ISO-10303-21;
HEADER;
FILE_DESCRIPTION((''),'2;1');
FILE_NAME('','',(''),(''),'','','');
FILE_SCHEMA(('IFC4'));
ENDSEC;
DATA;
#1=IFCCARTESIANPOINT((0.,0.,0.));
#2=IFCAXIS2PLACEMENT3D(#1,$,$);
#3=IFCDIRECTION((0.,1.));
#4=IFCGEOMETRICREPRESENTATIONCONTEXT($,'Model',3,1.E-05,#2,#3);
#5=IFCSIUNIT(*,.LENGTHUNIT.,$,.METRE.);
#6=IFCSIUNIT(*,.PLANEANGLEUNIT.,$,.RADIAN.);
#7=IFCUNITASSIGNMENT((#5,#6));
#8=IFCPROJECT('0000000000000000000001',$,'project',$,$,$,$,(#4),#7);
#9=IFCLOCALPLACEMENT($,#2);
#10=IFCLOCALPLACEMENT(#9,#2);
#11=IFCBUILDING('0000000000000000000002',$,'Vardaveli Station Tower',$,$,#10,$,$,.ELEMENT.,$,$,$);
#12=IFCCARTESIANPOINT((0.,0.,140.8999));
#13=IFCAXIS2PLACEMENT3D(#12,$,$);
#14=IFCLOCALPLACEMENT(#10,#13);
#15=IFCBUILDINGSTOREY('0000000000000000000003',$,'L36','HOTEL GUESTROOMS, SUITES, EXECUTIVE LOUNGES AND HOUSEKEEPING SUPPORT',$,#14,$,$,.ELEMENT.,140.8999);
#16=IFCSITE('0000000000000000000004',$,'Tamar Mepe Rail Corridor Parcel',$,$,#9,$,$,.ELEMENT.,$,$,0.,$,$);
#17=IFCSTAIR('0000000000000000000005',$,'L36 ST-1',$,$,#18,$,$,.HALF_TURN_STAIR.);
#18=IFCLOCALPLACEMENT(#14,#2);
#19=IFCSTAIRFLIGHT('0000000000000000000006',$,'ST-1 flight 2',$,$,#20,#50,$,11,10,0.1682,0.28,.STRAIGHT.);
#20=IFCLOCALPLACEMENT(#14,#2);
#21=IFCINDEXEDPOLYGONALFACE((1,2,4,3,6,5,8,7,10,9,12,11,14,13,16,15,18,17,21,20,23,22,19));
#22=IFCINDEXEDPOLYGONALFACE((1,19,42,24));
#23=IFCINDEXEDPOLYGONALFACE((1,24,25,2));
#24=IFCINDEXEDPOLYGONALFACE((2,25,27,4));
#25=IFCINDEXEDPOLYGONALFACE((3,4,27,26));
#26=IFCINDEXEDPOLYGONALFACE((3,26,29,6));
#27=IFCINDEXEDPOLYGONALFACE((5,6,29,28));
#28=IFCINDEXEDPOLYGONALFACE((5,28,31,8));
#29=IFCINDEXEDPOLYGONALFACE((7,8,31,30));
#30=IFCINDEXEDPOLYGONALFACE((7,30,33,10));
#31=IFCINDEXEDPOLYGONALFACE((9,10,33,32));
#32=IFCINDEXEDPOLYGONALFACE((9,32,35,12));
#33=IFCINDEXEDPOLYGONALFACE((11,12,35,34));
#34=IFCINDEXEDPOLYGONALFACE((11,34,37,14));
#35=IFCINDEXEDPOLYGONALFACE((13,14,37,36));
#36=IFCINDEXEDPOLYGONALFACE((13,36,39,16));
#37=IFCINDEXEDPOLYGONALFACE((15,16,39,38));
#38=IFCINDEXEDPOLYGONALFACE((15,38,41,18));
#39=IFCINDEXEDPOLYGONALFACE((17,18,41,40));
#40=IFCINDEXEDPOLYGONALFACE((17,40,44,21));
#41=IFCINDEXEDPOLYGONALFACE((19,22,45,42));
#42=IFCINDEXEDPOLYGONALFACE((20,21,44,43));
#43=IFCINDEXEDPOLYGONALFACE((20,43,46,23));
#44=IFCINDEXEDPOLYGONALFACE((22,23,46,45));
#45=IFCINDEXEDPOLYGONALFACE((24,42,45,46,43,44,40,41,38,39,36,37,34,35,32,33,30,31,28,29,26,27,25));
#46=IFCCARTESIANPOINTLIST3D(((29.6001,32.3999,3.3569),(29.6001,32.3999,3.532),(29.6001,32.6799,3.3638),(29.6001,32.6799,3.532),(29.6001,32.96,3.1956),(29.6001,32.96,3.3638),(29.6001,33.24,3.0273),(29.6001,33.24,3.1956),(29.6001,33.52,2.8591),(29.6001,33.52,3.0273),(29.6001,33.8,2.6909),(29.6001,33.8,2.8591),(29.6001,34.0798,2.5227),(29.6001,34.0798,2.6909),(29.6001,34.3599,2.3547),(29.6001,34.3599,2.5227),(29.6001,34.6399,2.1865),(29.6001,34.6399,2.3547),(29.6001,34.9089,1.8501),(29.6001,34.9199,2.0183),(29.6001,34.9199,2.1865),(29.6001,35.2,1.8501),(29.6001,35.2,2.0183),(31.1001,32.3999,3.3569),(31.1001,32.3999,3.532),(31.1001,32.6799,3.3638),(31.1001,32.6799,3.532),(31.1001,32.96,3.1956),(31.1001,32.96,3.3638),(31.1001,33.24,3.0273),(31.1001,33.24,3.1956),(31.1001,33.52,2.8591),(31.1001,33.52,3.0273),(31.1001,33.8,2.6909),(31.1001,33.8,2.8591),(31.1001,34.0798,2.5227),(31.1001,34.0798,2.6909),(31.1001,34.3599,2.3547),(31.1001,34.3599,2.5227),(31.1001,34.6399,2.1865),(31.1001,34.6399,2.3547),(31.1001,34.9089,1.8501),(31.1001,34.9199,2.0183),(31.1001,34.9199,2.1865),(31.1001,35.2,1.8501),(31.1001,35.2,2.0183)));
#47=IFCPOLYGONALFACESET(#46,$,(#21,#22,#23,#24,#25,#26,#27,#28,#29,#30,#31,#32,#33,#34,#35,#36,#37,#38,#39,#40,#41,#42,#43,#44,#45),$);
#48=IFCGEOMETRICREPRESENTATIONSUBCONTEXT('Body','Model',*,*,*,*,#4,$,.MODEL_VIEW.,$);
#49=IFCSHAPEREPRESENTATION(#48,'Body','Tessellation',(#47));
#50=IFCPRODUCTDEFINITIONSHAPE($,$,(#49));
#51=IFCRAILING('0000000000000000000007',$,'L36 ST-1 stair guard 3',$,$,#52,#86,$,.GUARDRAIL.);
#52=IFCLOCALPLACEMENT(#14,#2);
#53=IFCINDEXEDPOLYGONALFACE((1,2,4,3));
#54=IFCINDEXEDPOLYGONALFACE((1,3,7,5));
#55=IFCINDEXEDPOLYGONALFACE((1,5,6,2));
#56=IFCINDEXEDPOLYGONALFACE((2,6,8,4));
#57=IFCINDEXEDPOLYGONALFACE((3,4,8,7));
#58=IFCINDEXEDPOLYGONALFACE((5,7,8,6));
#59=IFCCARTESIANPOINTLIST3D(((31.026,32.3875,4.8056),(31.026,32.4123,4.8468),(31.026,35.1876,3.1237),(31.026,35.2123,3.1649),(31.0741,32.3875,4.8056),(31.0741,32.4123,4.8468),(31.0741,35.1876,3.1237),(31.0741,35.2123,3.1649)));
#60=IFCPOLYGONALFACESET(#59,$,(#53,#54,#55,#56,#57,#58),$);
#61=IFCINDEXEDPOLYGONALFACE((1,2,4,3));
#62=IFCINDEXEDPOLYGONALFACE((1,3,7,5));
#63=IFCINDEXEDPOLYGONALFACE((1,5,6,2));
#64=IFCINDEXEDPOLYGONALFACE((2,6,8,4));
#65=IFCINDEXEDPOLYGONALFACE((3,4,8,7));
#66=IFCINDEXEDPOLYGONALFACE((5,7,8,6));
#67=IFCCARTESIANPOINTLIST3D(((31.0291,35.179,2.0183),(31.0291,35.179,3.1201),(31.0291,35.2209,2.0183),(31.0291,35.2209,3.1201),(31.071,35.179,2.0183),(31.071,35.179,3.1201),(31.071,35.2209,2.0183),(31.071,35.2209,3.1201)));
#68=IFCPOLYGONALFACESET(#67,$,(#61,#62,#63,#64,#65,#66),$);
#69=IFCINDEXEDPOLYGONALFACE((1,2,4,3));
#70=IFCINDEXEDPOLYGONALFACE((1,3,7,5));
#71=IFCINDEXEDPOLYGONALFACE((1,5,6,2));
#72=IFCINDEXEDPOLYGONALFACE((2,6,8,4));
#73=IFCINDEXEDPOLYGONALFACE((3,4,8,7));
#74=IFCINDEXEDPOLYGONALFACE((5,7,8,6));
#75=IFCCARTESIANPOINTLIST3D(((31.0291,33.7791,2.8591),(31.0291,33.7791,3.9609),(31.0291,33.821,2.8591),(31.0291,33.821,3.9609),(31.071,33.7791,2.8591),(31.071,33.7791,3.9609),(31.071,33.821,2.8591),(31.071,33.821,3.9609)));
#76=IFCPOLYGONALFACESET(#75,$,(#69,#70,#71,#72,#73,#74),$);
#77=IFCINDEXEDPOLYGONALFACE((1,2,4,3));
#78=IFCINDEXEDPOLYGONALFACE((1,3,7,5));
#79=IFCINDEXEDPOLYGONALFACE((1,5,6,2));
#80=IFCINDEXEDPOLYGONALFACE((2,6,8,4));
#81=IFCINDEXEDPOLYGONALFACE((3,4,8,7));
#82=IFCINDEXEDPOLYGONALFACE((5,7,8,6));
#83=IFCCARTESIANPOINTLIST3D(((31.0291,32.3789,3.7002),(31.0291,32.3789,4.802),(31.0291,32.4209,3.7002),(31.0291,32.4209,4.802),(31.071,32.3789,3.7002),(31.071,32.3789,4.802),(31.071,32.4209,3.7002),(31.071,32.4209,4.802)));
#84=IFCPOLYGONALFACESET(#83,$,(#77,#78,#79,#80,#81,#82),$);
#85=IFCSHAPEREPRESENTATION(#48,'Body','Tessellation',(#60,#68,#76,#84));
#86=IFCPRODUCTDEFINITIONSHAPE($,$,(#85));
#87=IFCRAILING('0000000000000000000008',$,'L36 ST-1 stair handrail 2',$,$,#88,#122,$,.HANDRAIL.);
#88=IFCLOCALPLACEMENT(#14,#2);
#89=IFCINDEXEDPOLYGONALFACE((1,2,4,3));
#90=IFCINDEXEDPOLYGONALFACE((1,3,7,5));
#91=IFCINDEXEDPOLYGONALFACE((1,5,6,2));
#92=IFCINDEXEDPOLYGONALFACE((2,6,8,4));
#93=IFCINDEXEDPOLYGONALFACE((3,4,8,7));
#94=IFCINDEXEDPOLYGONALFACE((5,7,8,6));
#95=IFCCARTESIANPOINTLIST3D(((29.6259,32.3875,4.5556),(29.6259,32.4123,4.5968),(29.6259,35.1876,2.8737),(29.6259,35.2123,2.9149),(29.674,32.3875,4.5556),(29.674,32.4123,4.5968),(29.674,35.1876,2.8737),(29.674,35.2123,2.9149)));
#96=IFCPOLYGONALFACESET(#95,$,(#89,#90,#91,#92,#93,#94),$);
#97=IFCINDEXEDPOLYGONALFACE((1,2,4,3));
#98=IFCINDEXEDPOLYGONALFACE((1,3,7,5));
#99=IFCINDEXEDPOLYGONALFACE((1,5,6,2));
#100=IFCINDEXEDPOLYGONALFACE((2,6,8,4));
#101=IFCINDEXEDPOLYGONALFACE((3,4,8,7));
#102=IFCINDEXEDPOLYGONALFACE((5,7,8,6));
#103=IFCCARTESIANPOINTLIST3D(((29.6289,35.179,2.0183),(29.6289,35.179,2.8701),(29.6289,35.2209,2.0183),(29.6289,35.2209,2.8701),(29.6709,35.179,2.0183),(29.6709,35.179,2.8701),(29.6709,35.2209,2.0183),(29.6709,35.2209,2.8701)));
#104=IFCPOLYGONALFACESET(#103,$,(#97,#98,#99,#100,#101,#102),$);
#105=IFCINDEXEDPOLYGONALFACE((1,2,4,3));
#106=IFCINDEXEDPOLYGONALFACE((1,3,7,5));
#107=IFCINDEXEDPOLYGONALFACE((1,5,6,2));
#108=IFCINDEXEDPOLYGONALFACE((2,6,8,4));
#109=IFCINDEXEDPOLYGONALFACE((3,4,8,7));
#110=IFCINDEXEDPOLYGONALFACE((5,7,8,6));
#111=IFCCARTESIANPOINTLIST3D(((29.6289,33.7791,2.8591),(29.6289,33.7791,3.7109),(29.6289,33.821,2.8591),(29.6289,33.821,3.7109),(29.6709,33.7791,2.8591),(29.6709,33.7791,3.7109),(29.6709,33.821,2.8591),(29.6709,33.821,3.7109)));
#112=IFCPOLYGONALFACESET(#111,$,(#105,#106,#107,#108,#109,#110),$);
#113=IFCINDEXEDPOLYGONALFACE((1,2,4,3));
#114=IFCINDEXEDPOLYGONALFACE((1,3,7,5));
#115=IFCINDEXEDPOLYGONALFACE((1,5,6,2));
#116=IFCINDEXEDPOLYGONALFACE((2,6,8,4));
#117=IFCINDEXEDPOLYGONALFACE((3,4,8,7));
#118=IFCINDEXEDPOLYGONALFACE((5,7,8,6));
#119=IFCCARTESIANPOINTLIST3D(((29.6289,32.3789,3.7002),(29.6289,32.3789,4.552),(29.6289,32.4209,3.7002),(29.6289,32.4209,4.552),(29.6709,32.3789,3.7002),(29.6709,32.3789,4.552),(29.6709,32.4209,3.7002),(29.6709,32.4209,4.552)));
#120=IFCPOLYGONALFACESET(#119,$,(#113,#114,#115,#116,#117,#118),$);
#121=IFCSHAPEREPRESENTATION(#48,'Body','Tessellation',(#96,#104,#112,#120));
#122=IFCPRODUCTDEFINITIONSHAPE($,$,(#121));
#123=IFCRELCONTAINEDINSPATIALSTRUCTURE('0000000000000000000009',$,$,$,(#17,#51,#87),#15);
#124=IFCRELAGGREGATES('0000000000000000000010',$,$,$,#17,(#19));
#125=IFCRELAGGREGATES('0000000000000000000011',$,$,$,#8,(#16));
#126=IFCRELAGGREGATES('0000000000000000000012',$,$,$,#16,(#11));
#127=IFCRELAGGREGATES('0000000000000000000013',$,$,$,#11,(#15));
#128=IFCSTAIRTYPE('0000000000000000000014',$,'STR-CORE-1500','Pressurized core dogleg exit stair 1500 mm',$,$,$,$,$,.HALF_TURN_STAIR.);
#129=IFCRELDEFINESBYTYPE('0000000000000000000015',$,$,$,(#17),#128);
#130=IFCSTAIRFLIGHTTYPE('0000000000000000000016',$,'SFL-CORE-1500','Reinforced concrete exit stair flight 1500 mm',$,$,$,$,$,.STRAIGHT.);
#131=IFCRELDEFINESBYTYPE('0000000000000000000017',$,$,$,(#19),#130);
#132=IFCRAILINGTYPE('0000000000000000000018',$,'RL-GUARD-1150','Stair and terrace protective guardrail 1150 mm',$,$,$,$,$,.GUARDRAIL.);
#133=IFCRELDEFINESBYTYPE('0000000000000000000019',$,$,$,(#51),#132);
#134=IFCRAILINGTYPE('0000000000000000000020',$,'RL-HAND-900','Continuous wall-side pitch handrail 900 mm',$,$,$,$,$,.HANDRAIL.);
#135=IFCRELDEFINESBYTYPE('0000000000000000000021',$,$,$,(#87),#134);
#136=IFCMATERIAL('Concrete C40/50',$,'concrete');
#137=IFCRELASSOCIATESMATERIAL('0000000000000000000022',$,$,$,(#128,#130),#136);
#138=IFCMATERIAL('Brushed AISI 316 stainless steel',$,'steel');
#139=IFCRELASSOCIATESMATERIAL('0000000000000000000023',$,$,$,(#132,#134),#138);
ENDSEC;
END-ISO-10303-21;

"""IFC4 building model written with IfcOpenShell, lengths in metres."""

from ifc_helpers import new_model, si_unit, direction, frame, origin, origin_2d, place, context, subcontext, project, spatial, polyline, rectangle, outline, extrude, source, transform, mapped, material, type_object, element, aggregate, save


model = new_model("IFC4")

# Units and contexts
model_context = context("Model", 3, precision=1e-05, world=origin(), true_north=direction((0.0, 1.0)))
body_context = subcontext(model_context, "Body", "Model", "MODEL_VIEW")
ifc_project = project(units=[si_unit("LENGTHUNIT", "METRE"), si_unit("PLANEANGLEUNIT", "RADIAN")], contexts=[model_context])

# Site, building, storey
site_placement = place(None, origin())
site = spatial("IfcSite", under=ifc_project, at=site_placement, Name="Tamar Mepe Rail Corridor Parcel", CompositionType="ELEMENT", RefElevation=0.0)
building_placement = place(site_placement, origin())
building = spatial("IfcBuilding", under=site, at=building_placement, Name="Vardaveli Station Tower", CompositionType="ELEMENT")
storey_placement = place(building_placement, frame((0.0, 0.0, 140.8999)))
storey = spatial("IfcBuildingStorey", under=building, at=storey_placement, Name="L36", Description="HOTEL GUESTROOMS, SUITES, EXECUTIVE LOUNGES AND HOUSEKEEPING SUPPORT", CompositionType="ELEMENT", Elevation=140.8999)

# Shared definitions
ifc_material_1 = material(Name="Concrete C40/50", Category="concrete")

# Stair, stair flight
stair_type = type_object("IfcStairType", Name="STR-CORE-1500", Description="Pressurized core dogleg exit stair 1500 mm", PredefinedType="HALF_TURN_STAIR", material=ifc_material_1)
stair_placement = place(storey_placement, origin())
stair = element("IfcStair", 1, at=stair_placement, inside=storey, type_object=stair_type, Name="L36 ST-1", PredefinedType="HALF_TURN_STAIR")
stair_flight_type = type_object("IfcStairFlightType", Name="SFL-CORE-1500", Description="Reinforced concrete exit stair flight 1500 mm", PredefinedType="STRAIGHT", material=ifc_material_1)
shared_shape_1 = source(origin(), body_context, "Body", "SweptSolid", [
    extrude(outline(polyline([(0.0, 0.0), (0.0, 0.1682), (0.28, 0.1682), (0.28, 0.3364), (0.5601, 0.3364), (0.5601, 0.5046), (0.8401, 0.5046), (0.8401, 0.6726), (1.1201, 0.6726), (1.1201, 0.8408), (1.3999, 0.8408), (1.3999, 1.009), (1.6799, 1.009), (1.6799, 1.1772), (1.96, 1.1772), (1.96, 1.3455), (2.24, 1.3455), (2.24, 1.5137), (2.52, 1.5137), (2.52, 1.6819), (2.8, 1.6819), (2.8, 1.8501), (2.8, 1.5068), (0.291, 0.0), (0.0, 0.0)])), frame((0.0, 0.75, 0.0), z_axis=(0.0, -1.0, 0.0), x_axis=(1.0, 0.0, 0.0)), (0.0, 0.0, 1.0), 1.5),
])
stair_flight_placement = place(storey_placement, frame((30.3501, 35.2, 1.8501), z_axis=(0.0, 0.0, 1.0), x_axis=(0.0, -1.0, 0.0)))
stair_flight = element("IfcStairFlight", 2, at=stair_flight_placement, type_object=stair_flight_type, Name="ST-1 flight 2", NumberOfRisers=11, NumberOfTreads=10, PredefinedType="STRAIGHT", RiserHeight=0.1682, TreadLength=0.28, context=body_context, shape_type="MappedRepresentation", body=[
    mapped(shared_shape_1, transform((0.0, 0.0, 0.0), scale=1.0)),
])
aggregate(stair, [stair_flight])

# Railings
ifc_material_2 = material(Name="Brushed AISI 316 stainless steel", Category="steel")
railing_type_1 = type_object("IfcRailingType", Name="RL-GUARD-1150", Description="Stair and terrace protective guardrail 1150 mm", PredefinedType="GUARDRAIL", material=ifc_material_2)
shared_shape_2 = source(origin(), body_context, "Body", "SweptSolid", [
    extrude(rectangle(XDim=0.0481, YDim=0.0481, at=origin_2d()), frame((0.0, 0.0, 1.126), z_axis=(0.0, -0.857242, 0.514913), x_axis=(1.0, 0.0, 0.0)), (0.0, 0.0, 1.0), 3.2664),
    extrude(rectangle(XDim=0.042, YDim=0.042, at=origin_2d()), origin(), (0.0, 0.0, 1.0), 1.1018),
    extrude(rectangle(XDim=0.042, YDim=0.042, at=origin_2d()), frame((0.0, -1.3999, 0.8408)), (0.0, 0.0, 1.0), 1.1018),
    extrude(rectangle(XDim=0.042, YDim=0.042, at=origin_2d()), frame((0.0, -2.8, 1.6819)), (0.0, 0.0, 1.0), 1.1018),
])
railing_1_placement = place(storey_placement, frame((31.05, 35.2, 2.0183)))
element("IfcRailing", 3, at=railing_1_placement, inside=storey, type_object=railing_type_1, Name="L36 ST-1 stair guard 3", PredefinedType="GUARDRAIL", context=body_context, shape_type="MappedRepresentation", body=[
    mapped(shared_shape_2, transform((0.0, 0.0, 0.0), scale=1.0)),
])
railing_type_2 = type_object("IfcRailingType", Name="RL-HAND-900", Description="Continuous wall-side pitch handrail 900 mm", PredefinedType="HANDRAIL", material=ifc_material_2)
shared_shape_3 = source(origin(), body_context, "Body", "SweptSolid", [
    extrude(rectangle(XDim=0.0481, YDim=0.0481, at=origin_2d()), frame((0.0, 0.0, 0.876), z_axis=(0.0, -0.857242, 0.514913), x_axis=(1.0, 0.0, 0.0)), (0.0, 0.0, 1.0), 3.2664),
    extrude(rectangle(XDim=0.042, YDim=0.042, at=origin_2d()), origin(), (0.0, 0.0, 1.0), 0.8518),
    extrude(rectangle(XDim=0.042, YDim=0.042, at=origin_2d()), frame((0.0, -1.3999, 0.8408)), (0.0, 0.0, 1.0), 0.8518),
    extrude(rectangle(XDim=0.042, YDim=0.042, at=origin_2d()), frame((0.0, -2.8, 1.6819)), (0.0, 0.0, 1.0), 0.8518),
])
railing_2_placement = place(storey_placement, frame((29.6499, 35.2, 2.0183)))
element("IfcRailing", 4, at=railing_2_placement, inside=storey, type_object=railing_type_2, Name="L36 ST-1 stair handrail 2", PredefinedType="HANDRAIL", context=body_context, shape_type="MappedRepresentation", body=[
    mapped(shared_shape_3, transform((0.0, 0.0, 0.0), scale=1.0)),
])

save(model, "model.ifc")
